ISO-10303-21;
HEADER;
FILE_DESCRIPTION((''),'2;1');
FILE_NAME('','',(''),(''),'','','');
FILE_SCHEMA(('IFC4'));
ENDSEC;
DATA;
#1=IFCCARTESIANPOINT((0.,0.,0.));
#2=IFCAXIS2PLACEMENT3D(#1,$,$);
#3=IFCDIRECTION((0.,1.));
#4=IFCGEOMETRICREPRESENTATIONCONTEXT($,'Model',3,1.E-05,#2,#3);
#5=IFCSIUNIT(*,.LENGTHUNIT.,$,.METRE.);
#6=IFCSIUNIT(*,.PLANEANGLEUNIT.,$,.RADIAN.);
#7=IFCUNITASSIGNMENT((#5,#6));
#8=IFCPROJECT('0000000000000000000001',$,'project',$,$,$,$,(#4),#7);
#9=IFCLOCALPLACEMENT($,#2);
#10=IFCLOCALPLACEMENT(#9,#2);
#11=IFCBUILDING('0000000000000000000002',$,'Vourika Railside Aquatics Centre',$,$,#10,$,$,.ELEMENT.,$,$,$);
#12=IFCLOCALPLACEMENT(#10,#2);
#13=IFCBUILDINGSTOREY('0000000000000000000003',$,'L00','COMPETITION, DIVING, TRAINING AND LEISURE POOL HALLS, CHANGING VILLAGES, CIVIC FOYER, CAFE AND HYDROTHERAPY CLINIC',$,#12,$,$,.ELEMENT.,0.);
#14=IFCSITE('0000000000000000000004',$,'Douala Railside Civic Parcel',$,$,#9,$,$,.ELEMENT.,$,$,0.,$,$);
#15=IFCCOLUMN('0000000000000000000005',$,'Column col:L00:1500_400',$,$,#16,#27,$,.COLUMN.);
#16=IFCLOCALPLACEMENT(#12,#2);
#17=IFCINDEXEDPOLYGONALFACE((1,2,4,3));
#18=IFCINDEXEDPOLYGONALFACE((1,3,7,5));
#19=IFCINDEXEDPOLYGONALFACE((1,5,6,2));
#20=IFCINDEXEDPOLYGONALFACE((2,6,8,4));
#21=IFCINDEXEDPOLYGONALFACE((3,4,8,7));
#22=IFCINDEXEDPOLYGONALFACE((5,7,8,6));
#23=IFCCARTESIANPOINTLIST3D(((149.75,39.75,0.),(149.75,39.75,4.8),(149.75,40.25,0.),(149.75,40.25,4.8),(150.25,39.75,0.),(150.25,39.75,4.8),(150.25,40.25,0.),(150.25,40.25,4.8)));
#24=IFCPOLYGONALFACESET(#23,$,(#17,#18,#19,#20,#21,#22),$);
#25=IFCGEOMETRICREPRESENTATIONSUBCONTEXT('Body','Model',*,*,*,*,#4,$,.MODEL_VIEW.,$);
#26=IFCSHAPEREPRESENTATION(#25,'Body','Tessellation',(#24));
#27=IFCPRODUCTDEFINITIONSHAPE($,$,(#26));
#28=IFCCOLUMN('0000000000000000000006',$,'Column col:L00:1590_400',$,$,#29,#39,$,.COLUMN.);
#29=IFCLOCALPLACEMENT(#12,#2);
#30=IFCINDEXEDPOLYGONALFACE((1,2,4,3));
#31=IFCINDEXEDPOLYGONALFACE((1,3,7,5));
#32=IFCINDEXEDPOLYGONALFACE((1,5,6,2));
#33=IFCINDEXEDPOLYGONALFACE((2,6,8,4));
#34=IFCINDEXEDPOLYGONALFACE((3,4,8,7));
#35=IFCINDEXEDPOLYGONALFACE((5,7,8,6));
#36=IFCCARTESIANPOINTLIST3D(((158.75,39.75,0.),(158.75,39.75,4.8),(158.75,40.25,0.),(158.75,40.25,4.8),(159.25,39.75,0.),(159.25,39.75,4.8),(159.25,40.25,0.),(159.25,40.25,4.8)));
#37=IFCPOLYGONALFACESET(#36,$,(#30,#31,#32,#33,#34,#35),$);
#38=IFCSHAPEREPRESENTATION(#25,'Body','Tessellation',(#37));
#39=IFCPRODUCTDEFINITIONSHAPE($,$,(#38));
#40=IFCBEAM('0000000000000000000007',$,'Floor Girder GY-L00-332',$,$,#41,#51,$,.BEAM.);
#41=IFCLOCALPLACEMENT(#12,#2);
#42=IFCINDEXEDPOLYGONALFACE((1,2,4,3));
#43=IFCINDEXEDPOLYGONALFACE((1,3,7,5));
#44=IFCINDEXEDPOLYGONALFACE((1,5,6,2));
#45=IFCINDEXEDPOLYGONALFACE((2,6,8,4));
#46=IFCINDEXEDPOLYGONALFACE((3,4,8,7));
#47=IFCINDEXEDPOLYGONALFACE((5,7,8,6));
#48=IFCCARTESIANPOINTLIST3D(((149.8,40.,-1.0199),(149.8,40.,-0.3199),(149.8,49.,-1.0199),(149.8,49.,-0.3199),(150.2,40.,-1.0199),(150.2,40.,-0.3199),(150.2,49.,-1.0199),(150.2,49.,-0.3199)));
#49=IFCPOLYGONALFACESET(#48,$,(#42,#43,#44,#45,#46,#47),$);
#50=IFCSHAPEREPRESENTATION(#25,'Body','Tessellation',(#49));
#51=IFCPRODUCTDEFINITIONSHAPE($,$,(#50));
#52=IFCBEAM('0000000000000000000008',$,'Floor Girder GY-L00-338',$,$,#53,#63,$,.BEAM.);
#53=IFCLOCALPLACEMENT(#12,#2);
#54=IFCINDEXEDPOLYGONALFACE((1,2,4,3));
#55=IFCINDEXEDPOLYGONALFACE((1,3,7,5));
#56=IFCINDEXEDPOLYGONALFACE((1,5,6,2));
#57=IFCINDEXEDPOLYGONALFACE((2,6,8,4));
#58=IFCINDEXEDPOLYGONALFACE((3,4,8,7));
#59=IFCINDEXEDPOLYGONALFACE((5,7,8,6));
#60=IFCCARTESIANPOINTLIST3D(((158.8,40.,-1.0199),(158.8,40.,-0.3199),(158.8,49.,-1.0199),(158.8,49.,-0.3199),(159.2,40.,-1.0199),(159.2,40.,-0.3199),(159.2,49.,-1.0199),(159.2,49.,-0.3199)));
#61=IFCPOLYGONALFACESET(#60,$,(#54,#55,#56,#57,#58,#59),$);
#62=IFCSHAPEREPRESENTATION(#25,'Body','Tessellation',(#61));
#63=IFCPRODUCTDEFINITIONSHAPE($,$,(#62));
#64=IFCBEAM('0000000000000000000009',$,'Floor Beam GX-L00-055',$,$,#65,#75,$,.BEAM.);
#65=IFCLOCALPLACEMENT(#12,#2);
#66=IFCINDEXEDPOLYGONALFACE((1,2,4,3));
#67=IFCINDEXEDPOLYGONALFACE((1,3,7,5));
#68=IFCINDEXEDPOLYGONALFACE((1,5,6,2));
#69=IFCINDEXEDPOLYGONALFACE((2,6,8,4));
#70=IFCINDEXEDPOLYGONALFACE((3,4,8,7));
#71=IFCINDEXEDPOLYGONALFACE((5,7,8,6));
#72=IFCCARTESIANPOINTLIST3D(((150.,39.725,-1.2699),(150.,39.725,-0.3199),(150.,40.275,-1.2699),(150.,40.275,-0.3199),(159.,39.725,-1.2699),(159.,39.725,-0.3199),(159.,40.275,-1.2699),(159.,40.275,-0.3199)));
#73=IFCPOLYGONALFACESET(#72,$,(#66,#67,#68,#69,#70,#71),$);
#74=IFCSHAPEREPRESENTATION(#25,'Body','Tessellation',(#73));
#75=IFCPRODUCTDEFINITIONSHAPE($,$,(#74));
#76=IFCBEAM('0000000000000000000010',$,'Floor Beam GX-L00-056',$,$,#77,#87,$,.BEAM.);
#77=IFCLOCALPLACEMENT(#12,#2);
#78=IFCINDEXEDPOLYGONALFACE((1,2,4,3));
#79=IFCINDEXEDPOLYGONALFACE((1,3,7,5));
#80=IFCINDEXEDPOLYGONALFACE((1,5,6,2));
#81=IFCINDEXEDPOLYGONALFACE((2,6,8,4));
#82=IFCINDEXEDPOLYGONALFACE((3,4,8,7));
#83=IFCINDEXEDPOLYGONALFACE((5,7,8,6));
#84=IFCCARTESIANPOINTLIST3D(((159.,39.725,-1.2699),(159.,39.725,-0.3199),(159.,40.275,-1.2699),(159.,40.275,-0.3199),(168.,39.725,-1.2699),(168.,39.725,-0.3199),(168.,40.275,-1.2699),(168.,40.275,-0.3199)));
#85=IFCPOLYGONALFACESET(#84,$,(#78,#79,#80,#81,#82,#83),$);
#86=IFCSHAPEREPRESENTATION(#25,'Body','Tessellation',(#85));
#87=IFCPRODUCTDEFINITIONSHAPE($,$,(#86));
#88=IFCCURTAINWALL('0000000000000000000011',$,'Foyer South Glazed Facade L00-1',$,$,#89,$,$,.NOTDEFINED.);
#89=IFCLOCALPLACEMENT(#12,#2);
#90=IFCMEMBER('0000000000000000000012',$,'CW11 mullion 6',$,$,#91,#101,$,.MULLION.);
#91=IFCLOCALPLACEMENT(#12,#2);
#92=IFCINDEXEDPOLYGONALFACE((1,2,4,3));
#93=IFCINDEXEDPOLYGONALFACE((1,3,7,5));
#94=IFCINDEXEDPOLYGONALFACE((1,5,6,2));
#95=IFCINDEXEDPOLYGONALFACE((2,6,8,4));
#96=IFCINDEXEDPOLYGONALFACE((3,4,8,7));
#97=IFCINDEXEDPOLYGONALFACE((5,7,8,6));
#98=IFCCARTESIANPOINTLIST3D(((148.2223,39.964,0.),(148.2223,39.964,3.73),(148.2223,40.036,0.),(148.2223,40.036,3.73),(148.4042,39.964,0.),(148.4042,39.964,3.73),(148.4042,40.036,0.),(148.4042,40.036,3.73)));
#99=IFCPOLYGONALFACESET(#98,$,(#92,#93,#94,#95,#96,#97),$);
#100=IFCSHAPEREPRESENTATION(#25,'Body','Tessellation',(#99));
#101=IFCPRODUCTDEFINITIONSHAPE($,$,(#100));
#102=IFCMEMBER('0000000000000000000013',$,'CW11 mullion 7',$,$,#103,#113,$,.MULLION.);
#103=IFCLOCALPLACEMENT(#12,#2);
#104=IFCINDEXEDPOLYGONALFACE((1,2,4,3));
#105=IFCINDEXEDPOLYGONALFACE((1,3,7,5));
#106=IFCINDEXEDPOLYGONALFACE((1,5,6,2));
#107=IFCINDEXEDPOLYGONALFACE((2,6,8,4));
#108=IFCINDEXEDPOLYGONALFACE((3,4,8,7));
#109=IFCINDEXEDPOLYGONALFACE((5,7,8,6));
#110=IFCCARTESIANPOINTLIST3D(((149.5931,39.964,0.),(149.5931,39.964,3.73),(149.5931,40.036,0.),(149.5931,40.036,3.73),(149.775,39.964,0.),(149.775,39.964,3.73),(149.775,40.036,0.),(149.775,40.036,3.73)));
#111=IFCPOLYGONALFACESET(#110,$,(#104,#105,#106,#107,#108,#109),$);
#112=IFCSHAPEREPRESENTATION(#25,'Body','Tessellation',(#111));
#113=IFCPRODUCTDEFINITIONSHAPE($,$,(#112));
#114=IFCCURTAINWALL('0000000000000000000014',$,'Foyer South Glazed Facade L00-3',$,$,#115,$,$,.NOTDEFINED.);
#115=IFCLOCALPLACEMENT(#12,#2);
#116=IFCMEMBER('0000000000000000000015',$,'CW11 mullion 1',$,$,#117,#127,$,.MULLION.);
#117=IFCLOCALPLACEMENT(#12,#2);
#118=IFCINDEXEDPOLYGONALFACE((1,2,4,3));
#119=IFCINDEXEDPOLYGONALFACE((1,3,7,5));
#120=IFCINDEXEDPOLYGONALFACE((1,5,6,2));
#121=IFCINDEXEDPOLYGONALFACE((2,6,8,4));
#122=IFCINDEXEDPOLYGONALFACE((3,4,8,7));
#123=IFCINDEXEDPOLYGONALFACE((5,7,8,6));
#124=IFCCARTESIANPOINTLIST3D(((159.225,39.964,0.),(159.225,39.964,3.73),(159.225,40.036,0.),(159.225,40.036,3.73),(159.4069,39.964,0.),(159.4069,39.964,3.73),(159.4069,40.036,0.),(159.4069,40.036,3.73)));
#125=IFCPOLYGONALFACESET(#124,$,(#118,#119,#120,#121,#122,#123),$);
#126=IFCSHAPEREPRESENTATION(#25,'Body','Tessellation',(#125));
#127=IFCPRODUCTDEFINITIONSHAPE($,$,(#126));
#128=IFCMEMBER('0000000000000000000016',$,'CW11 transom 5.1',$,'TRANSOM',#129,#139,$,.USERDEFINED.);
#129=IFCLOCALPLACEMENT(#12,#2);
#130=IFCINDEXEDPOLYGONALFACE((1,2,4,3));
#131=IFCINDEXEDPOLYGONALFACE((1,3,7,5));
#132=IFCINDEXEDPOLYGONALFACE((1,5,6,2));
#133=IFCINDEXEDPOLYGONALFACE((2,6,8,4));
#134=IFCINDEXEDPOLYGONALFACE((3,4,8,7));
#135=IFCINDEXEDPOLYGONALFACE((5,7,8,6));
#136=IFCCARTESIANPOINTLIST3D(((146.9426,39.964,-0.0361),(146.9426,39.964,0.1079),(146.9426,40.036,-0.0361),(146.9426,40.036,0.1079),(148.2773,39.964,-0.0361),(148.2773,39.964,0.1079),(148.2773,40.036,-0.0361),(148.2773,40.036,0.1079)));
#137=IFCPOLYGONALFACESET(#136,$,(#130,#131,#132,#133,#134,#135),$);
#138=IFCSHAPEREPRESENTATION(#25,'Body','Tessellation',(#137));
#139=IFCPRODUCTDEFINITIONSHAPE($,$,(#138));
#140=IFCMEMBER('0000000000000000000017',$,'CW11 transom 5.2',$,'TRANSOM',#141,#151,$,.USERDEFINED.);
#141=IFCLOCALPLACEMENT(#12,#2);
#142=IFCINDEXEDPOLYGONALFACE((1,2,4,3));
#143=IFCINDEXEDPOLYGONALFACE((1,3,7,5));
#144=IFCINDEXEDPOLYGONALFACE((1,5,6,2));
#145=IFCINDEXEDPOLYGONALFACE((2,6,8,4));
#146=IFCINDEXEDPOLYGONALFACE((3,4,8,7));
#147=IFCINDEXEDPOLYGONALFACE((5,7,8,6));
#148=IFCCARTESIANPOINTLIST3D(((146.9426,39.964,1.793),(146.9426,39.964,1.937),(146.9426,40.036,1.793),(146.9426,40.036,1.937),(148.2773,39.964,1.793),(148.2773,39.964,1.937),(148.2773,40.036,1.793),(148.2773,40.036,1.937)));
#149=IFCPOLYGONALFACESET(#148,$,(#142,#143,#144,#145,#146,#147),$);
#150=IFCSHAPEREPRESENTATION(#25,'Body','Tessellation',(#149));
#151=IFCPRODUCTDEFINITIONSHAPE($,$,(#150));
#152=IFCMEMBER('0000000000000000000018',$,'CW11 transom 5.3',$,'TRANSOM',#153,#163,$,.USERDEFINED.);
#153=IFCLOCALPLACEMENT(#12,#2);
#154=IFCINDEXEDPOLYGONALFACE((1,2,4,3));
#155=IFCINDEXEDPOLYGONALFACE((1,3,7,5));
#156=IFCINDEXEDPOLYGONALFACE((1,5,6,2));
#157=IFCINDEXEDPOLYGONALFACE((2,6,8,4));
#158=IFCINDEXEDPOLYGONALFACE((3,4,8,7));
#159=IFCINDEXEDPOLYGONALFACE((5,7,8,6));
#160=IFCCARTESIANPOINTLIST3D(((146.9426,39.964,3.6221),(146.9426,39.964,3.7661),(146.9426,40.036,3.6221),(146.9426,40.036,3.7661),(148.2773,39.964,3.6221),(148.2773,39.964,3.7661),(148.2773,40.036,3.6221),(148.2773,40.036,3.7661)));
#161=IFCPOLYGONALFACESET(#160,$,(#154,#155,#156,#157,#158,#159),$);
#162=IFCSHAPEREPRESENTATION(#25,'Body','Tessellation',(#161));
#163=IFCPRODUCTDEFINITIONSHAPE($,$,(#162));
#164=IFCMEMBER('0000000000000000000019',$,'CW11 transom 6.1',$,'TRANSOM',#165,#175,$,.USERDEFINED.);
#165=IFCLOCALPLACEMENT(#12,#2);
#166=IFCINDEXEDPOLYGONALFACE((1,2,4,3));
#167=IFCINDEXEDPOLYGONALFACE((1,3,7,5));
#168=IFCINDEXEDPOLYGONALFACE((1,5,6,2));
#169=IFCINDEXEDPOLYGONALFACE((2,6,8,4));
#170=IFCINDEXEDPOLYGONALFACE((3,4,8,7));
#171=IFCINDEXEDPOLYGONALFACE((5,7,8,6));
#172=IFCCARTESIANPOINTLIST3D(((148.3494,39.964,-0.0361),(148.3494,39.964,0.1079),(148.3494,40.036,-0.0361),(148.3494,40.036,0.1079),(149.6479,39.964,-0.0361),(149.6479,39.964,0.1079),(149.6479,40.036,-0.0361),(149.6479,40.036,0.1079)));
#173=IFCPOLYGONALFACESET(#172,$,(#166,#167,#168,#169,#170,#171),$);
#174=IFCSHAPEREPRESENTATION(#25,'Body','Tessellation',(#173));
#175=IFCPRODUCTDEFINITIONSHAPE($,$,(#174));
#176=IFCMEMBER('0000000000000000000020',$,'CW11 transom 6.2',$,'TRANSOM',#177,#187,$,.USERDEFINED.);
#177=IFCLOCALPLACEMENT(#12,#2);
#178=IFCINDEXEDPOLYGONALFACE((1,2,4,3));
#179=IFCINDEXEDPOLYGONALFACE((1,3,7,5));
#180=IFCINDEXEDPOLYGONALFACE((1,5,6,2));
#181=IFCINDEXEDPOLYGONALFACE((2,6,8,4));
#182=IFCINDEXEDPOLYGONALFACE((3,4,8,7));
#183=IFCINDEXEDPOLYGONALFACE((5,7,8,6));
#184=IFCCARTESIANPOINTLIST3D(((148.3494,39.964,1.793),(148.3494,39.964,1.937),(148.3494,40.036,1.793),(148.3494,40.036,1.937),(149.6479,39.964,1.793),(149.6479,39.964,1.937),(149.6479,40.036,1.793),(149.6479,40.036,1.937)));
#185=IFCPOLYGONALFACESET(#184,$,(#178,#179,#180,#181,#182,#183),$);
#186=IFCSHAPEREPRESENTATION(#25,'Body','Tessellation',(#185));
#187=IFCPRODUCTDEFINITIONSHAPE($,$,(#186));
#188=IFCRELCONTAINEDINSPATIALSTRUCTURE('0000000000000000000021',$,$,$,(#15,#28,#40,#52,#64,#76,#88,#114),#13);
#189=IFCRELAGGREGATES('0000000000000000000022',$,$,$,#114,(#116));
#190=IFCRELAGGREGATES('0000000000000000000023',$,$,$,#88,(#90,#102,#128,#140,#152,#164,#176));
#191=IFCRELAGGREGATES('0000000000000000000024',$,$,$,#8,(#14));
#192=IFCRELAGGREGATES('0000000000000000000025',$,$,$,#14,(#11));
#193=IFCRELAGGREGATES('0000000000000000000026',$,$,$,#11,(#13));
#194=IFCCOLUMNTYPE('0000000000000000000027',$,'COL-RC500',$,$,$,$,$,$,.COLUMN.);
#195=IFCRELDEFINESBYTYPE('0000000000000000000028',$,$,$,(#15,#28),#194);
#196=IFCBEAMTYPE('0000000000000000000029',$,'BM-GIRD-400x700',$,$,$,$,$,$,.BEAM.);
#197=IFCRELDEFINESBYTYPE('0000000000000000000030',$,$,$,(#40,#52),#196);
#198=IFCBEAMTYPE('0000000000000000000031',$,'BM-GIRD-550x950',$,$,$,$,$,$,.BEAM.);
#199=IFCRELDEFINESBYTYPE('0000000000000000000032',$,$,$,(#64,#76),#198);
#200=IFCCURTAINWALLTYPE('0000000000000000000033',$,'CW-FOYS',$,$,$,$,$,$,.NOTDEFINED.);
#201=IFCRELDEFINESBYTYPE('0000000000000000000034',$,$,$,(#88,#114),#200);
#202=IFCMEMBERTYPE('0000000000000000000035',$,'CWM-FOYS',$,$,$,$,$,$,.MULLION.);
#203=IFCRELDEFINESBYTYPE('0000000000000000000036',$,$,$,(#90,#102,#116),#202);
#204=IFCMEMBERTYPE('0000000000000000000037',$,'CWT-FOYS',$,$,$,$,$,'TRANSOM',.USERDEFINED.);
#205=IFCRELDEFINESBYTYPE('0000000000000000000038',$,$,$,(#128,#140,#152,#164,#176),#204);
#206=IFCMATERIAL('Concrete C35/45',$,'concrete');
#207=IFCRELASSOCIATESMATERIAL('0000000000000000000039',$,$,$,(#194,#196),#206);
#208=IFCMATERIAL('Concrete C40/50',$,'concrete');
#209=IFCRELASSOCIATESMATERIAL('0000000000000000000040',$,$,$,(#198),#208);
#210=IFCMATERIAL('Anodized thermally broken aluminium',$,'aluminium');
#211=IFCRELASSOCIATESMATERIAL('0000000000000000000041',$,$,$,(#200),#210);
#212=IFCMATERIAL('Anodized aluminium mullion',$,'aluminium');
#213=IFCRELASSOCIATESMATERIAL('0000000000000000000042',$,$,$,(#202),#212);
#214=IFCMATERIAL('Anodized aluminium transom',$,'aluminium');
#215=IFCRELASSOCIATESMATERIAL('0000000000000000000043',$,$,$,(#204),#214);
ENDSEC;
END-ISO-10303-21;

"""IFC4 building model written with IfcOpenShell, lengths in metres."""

from ifc_helpers import new_model, si_unit, direction, frame, origin, origin_2d, place, context, subcontext, project, spatial, rectangle, extrude, material, material_profile, profile_set, type_object, element, aggregate, save


model = new_model("IFC4")

# Units and contexts
model_context = context("Model", 3, precision=1e-05, world=origin(), true_north=direction((0.0, 1.0)))
body_context = subcontext(model_context, "Body", "Model", "MODEL_VIEW")
ifc_project = project(units=[si_unit("LENGTHUNIT", "METRE"), si_unit("PLANEANGLEUNIT", "RADIAN")], contexts=[model_context])

# Site, building, storey
site_placement = place(None, origin())
site = spatial("IfcSite", under=ifc_project, at=site_placement, Name="Douala Railside Civic Parcel", CompositionType="ELEMENT", RefElevation=0.0)
building_placement = place(site_placement, origin())
building = spatial("IfcBuilding", under=site, at=building_placement, Name="Vourika Railside Aquatics Centre", CompositionType="ELEMENT")
storey_placement = place(building_placement, origin())
storey = spatial("IfcBuildingStorey", under=building, at=storey_placement, Name="L00", Description="COMPETITION, DIVING, TRAINING AND LEISURE POOL HALLS, CHANGING VILLAGES, CIVIC FOYER, CAFE AND HYDROTHERAPY CLINIC", CompositionType="ELEMENT", Elevation=0.0)

# Columns
ifc_material_1 = material(Name="Concrete C35/45", Category="concrete")
ifc_material_profile_1 = material_profile(ifc_material_1, rectangle(XDim=0.5, YDim=0.5, at=origin_2d()), Name="RC 500x500")
ifc_profile_set_1 = profile_set([ifc_material_profile_1], Name="Concrete C35/45")
column_type = type_object("IfcColumnType", Name="COL-RC500", PredefinedType="COLUMN", material=ifc_profile_set_1)
for number, where, z_axis, x_axis, name in (
    (1, (150.0, 40.0, 0.0), (0.0, 0.0, 1.0), (1.0, 0.0, 0.0), "Column col:L00:1500_400"),
    (2, (159.0, 40.0, 0.0), (0.0, 0.0, 1.0), (1.0, 0.0, 0.0), "Column col:L00:1590_400"),
):
    element("IfcColumn", number, at=place(storey_placement, frame(where, z_axis=z_axis, x_axis=x_axis)), inside=storey, type_object=column_type, Name=name, PredefinedType="COLUMN", context=body_context, shape_type="SweptSolid", body=[
        extrude(rectangle(XDim=0.5, YDim=0.5, at=origin_2d()), origin(), (0.0, 0.0, 1.0), 4.8),
    ])

# Beams
ifc_material_profile_2 = material_profile(ifc_material_1, rectangle(XDim=0.3999, YDim=0.7, at=origin_2d()), Name="RC 400x700")
ifc_profile_set_2 = profile_set([ifc_material_profile_2], Name="Concrete C35/45")
beam_type_1 = type_object("IfcBeamType", Name="BM-GIRD-400x700", PredefinedType="BEAM", material=ifc_profile_set_2)
for number, where, z_axis, x_axis, name in (
    (3, (150.0, 40.0, -0.6699), (0.0, 1.0, 0.0), (-1.0, 0.0, 0.0), "Floor Girder GY-L00-332"),
    (4, (159.0, 40.0, -0.6699), (0.0, 1.0, 0.0), (-1.0, 0.0, 0.0), "Floor Girder GY-L00-338"),
):
    element("IfcBeam", number, at=place(storey_placement, frame(where, z_axis=z_axis, x_axis=x_axis)), inside=storey, type_object=beam_type_1, Name=name, PredefinedType="BEAM", context=body_context, shape_type="SweptSolid", body=[
        extrude(rectangle(XDim=0.3999, YDim=0.7, at=origin_2d()), origin(), (0.0, 0.0, 1.0), 9.0),
    ])
ifc_material_2 = material(Name="Concrete C40/50", Category="concrete")
ifc_material_profile_3 = material_profile(ifc_material_2, rectangle(XDim=0.55, YDim=0.95, at=origin_2d()), Name="RC 550x950")
ifc_profile_set_3 = profile_set([ifc_material_profile_3], Name="Concrete C40/50")
beam_type_2 = type_object("IfcBeamType", Name="BM-GIRD-550x950", PredefinedType="BEAM", material=ifc_profile_set_3)
for number, where, z_axis, x_axis, name in (
    (5, (150.0, 40.0, -0.7949), (1.0, 0.0, 0.0), (0.0, 1.0, 0.0), "Floor Beam GX-L00-055"),
    (6, (159.0, 40.0, -0.7949), (1.0, 0.0, 0.0), (0.0, 1.0, 0.0), "Floor Beam GX-L00-056"),
):
    element("IfcBeam", number, at=place(storey_placement, frame(where, z_axis=z_axis, x_axis=x_axis)), inside=storey, type_object=beam_type_2, Name=name, PredefinedType="BEAM", context=body_context, shape_type="SweptSolid", body=[
        extrude(rectangle(XDim=0.55, YDim=0.95, at=origin_2d()), origin(), (0.0, 0.0, 1.0), 9.0),
    ])

# Curtain wall, members
ifc_material_3 = material(Name="Anodized thermally broken aluminium", Category="aluminium")
curtain_wall_type = type_object("IfcCurtainWallType", Name="CW-FOYS", PredefinedType="NOTDEFINED", material=ifc_material_3)
curtain_wall_1_placement = place(storey_placement, origin())
curtain_wall_1 = element("IfcCurtainWall", 7, at=curtain_wall_1_placement, inside=storey, type_object=curtain_wall_type, Name="Foyer South Glazed Facade L00-1", PredefinedType="NOTDEFINED")
ifc_material_4 = material(Name="Anodized aluminium mullion", Category="aluminium")
ifc_material_profile_4 = material_profile(ifc_material_4, rectangle(XDim=0.072, YDim=0.1819, at=origin_2d()), Name="ALU-M 72x182")
ifc_profile_set_4 = profile_set([ifc_material_profile_4], Name="Anodized aluminium mullion")
member_type_1 = type_object("IfcMemberType", Name="CWM-FOYS", PredefinedType="MULLION", material=ifc_profile_set_4)
member_1_placement = place(storey_placement, frame((148.3132, 40.0, 0.0), z_axis=(0.0, 0.0, 1.0), x_axis=(0.0, 1.0, 0.0)))
member_1 = element("IfcMember", 8, at=member_1_placement, type_object=member_type_1, Name="CW11 mullion 6", PredefinedType="MULLION", context=body_context, shape_type="SweptSolid", body=[
    extrude(rectangle(XDim=0.072, YDim=0.1819, at=origin_2d()), origin(), (0.0, 0.0, 1.0), 3.73),
])
member_2_placement = place(storey_placement, frame((149.6841, 40.0, 0.0), z_axis=(0.0, 0.0, 1.0), x_axis=(0.0, 1.0, 0.0)))
member_2 = element("IfcMember", 9, at=member_2_placement, type_object=member_type_1, Name="CW11 mullion 7", PredefinedType="MULLION", context=body_context, shape_type="SweptSolid", body=[
    extrude(rectangle(XDim=0.072, YDim=0.1819, at=origin_2d()), origin(), (0.0, 0.0, 1.0), 3.73),
])

# Curtain wall, member
curtain_wall_2_placement = place(storey_placement, origin())
curtain_wall_2 = element("IfcCurtainWall", 10, at=curtain_wall_2_placement, inside=storey, type_object=curtain_wall_type, Name="Foyer South Glazed Facade L00-3", PredefinedType="NOTDEFINED")
member_3_placement = place(storey_placement, frame((159.3159, 40.0, 0.0), z_axis=(0.0, 0.0, 1.0), x_axis=(0.0, 1.0, 0.0)))
member_3 = element("IfcMember", 11, at=member_3_placement, type_object=member_type_1, Name="CW11 mullion 1", PredefinedType="MULLION", context=body_context, shape_type="SweptSolid", body=[
    extrude(rectangle(XDim=0.072, YDim=0.1819, at=origin_2d()), origin(), (0.0, 0.0, 1.0), 3.73),
])
aggregate(curtain_wall_2, [member_3])

# Members
ifc_material_5 = material(Name="Anodized aluminium transom", Category="aluminium")
ifc_material_profile_5 = material_profile(ifc_material_5, rectangle(XDim=0.072, YDim=0.144, at=origin_2d()), Name="ALU-T 72x144")
ifc_profile_set_5 = profile_set([ifc_material_profile_5], Name="Anodized aluminium transom")
member_type_2 = type_object("IfcMemberType", Name="CWT-FOYS", ElementType="TRANSOM", PredefinedType="USERDEFINED", material=ifc_profile_set_5)
member_4_placement = place(storey_placement, frame((146.9426, 40.0, 0.0359), z_axis=(1.0, 0.0, 0.0), x_axis=(0.0, 1.0, 0.0)))
member_4 = element("IfcMember", 12, at=member_4_placement, type_object=member_type_2, Name="CW11 transom 5.1", ObjectType="TRANSOM", PredefinedType="USERDEFINED", context=body_context, shape_type="SweptSolid", body=[
    extrude(rectangle(XDim=0.072, YDim=0.144, at=origin_2d()), origin(), (0.0, 0.0, 1.0), 1.3347),
])
member_5_placement = place(storey_placement, frame((146.9426, 40.0, 1.865), z_axis=(1.0, 0.0, 0.0), x_axis=(0.0, 1.0, 0.0)))
member_5 = element("IfcMember", 13, at=member_5_placement, type_object=member_type_2, Name="CW11 transom 5.2", ObjectType="TRANSOM", PredefinedType="USERDEFINED", context=body_context, shape_type="SweptSolid", body=[
    extrude(rectangle(XDim=0.072, YDim=0.144, at=origin_2d()), origin(), (0.0, 0.0, 1.0), 1.3347),
])
member_6_placement = place(storey_placement, frame((146.9426, 40.0, 3.6941), z_axis=(1.0, 0.0, 0.0), x_axis=(0.0, 1.0, 0.0)))
member_6 = element("IfcMember", 14, at=member_6_placement, type_object=member_type_2, Name="CW11 transom 5.3", ObjectType="TRANSOM", PredefinedType="USERDEFINED", context=body_context, shape_type="SweptSolid", body=[
    extrude(rectangle(XDim=0.072, YDim=0.144, at=origin_2d()), origin(), (0.0, 0.0, 1.0), 1.3347),
])
member_7_placement = place(storey_placement, frame((148.3494, 40.0, 0.0359), z_axis=(1.0, 0.0, 0.0), x_axis=(0.0, 1.0, 0.0)))
member_7 = element("IfcMember", 15, at=member_7_placement, type_object=member_type_2, Name="CW11 transom 6.1", ObjectType="TRANSOM", PredefinedType="USERDEFINED", context=body_context, shape_type="SweptSolid", body=[
    extrude(rectangle(XDim=0.072, YDim=0.144, at=origin_2d()), origin(), (0.0, 0.0, 1.0), 1.2986),
])
member_8_placement = place(storey_placement, frame((148.3494, 40.0, 1.865), z_axis=(1.0, 0.0, 0.0), x_axis=(0.0, 1.0, 0.0)))
member_8 = element("IfcMember", 16, at=member_8_placement, type_object=member_type_2, Name="CW11 transom 6.2", ObjectType="TRANSOM", PredefinedType="USERDEFINED", context=body_context, shape_type="SweptSolid", body=[
    extrude(rectangle(XDim=0.072, YDim=0.144, at=origin_2d()), origin(), (0.0, 0.0, 1.0), 1.2986),
])

aggregate(curtain_wall_1, [member_1, member_2, member_4, member_5, member_6, member_7, member_8])

save(model, "model.ifc")
